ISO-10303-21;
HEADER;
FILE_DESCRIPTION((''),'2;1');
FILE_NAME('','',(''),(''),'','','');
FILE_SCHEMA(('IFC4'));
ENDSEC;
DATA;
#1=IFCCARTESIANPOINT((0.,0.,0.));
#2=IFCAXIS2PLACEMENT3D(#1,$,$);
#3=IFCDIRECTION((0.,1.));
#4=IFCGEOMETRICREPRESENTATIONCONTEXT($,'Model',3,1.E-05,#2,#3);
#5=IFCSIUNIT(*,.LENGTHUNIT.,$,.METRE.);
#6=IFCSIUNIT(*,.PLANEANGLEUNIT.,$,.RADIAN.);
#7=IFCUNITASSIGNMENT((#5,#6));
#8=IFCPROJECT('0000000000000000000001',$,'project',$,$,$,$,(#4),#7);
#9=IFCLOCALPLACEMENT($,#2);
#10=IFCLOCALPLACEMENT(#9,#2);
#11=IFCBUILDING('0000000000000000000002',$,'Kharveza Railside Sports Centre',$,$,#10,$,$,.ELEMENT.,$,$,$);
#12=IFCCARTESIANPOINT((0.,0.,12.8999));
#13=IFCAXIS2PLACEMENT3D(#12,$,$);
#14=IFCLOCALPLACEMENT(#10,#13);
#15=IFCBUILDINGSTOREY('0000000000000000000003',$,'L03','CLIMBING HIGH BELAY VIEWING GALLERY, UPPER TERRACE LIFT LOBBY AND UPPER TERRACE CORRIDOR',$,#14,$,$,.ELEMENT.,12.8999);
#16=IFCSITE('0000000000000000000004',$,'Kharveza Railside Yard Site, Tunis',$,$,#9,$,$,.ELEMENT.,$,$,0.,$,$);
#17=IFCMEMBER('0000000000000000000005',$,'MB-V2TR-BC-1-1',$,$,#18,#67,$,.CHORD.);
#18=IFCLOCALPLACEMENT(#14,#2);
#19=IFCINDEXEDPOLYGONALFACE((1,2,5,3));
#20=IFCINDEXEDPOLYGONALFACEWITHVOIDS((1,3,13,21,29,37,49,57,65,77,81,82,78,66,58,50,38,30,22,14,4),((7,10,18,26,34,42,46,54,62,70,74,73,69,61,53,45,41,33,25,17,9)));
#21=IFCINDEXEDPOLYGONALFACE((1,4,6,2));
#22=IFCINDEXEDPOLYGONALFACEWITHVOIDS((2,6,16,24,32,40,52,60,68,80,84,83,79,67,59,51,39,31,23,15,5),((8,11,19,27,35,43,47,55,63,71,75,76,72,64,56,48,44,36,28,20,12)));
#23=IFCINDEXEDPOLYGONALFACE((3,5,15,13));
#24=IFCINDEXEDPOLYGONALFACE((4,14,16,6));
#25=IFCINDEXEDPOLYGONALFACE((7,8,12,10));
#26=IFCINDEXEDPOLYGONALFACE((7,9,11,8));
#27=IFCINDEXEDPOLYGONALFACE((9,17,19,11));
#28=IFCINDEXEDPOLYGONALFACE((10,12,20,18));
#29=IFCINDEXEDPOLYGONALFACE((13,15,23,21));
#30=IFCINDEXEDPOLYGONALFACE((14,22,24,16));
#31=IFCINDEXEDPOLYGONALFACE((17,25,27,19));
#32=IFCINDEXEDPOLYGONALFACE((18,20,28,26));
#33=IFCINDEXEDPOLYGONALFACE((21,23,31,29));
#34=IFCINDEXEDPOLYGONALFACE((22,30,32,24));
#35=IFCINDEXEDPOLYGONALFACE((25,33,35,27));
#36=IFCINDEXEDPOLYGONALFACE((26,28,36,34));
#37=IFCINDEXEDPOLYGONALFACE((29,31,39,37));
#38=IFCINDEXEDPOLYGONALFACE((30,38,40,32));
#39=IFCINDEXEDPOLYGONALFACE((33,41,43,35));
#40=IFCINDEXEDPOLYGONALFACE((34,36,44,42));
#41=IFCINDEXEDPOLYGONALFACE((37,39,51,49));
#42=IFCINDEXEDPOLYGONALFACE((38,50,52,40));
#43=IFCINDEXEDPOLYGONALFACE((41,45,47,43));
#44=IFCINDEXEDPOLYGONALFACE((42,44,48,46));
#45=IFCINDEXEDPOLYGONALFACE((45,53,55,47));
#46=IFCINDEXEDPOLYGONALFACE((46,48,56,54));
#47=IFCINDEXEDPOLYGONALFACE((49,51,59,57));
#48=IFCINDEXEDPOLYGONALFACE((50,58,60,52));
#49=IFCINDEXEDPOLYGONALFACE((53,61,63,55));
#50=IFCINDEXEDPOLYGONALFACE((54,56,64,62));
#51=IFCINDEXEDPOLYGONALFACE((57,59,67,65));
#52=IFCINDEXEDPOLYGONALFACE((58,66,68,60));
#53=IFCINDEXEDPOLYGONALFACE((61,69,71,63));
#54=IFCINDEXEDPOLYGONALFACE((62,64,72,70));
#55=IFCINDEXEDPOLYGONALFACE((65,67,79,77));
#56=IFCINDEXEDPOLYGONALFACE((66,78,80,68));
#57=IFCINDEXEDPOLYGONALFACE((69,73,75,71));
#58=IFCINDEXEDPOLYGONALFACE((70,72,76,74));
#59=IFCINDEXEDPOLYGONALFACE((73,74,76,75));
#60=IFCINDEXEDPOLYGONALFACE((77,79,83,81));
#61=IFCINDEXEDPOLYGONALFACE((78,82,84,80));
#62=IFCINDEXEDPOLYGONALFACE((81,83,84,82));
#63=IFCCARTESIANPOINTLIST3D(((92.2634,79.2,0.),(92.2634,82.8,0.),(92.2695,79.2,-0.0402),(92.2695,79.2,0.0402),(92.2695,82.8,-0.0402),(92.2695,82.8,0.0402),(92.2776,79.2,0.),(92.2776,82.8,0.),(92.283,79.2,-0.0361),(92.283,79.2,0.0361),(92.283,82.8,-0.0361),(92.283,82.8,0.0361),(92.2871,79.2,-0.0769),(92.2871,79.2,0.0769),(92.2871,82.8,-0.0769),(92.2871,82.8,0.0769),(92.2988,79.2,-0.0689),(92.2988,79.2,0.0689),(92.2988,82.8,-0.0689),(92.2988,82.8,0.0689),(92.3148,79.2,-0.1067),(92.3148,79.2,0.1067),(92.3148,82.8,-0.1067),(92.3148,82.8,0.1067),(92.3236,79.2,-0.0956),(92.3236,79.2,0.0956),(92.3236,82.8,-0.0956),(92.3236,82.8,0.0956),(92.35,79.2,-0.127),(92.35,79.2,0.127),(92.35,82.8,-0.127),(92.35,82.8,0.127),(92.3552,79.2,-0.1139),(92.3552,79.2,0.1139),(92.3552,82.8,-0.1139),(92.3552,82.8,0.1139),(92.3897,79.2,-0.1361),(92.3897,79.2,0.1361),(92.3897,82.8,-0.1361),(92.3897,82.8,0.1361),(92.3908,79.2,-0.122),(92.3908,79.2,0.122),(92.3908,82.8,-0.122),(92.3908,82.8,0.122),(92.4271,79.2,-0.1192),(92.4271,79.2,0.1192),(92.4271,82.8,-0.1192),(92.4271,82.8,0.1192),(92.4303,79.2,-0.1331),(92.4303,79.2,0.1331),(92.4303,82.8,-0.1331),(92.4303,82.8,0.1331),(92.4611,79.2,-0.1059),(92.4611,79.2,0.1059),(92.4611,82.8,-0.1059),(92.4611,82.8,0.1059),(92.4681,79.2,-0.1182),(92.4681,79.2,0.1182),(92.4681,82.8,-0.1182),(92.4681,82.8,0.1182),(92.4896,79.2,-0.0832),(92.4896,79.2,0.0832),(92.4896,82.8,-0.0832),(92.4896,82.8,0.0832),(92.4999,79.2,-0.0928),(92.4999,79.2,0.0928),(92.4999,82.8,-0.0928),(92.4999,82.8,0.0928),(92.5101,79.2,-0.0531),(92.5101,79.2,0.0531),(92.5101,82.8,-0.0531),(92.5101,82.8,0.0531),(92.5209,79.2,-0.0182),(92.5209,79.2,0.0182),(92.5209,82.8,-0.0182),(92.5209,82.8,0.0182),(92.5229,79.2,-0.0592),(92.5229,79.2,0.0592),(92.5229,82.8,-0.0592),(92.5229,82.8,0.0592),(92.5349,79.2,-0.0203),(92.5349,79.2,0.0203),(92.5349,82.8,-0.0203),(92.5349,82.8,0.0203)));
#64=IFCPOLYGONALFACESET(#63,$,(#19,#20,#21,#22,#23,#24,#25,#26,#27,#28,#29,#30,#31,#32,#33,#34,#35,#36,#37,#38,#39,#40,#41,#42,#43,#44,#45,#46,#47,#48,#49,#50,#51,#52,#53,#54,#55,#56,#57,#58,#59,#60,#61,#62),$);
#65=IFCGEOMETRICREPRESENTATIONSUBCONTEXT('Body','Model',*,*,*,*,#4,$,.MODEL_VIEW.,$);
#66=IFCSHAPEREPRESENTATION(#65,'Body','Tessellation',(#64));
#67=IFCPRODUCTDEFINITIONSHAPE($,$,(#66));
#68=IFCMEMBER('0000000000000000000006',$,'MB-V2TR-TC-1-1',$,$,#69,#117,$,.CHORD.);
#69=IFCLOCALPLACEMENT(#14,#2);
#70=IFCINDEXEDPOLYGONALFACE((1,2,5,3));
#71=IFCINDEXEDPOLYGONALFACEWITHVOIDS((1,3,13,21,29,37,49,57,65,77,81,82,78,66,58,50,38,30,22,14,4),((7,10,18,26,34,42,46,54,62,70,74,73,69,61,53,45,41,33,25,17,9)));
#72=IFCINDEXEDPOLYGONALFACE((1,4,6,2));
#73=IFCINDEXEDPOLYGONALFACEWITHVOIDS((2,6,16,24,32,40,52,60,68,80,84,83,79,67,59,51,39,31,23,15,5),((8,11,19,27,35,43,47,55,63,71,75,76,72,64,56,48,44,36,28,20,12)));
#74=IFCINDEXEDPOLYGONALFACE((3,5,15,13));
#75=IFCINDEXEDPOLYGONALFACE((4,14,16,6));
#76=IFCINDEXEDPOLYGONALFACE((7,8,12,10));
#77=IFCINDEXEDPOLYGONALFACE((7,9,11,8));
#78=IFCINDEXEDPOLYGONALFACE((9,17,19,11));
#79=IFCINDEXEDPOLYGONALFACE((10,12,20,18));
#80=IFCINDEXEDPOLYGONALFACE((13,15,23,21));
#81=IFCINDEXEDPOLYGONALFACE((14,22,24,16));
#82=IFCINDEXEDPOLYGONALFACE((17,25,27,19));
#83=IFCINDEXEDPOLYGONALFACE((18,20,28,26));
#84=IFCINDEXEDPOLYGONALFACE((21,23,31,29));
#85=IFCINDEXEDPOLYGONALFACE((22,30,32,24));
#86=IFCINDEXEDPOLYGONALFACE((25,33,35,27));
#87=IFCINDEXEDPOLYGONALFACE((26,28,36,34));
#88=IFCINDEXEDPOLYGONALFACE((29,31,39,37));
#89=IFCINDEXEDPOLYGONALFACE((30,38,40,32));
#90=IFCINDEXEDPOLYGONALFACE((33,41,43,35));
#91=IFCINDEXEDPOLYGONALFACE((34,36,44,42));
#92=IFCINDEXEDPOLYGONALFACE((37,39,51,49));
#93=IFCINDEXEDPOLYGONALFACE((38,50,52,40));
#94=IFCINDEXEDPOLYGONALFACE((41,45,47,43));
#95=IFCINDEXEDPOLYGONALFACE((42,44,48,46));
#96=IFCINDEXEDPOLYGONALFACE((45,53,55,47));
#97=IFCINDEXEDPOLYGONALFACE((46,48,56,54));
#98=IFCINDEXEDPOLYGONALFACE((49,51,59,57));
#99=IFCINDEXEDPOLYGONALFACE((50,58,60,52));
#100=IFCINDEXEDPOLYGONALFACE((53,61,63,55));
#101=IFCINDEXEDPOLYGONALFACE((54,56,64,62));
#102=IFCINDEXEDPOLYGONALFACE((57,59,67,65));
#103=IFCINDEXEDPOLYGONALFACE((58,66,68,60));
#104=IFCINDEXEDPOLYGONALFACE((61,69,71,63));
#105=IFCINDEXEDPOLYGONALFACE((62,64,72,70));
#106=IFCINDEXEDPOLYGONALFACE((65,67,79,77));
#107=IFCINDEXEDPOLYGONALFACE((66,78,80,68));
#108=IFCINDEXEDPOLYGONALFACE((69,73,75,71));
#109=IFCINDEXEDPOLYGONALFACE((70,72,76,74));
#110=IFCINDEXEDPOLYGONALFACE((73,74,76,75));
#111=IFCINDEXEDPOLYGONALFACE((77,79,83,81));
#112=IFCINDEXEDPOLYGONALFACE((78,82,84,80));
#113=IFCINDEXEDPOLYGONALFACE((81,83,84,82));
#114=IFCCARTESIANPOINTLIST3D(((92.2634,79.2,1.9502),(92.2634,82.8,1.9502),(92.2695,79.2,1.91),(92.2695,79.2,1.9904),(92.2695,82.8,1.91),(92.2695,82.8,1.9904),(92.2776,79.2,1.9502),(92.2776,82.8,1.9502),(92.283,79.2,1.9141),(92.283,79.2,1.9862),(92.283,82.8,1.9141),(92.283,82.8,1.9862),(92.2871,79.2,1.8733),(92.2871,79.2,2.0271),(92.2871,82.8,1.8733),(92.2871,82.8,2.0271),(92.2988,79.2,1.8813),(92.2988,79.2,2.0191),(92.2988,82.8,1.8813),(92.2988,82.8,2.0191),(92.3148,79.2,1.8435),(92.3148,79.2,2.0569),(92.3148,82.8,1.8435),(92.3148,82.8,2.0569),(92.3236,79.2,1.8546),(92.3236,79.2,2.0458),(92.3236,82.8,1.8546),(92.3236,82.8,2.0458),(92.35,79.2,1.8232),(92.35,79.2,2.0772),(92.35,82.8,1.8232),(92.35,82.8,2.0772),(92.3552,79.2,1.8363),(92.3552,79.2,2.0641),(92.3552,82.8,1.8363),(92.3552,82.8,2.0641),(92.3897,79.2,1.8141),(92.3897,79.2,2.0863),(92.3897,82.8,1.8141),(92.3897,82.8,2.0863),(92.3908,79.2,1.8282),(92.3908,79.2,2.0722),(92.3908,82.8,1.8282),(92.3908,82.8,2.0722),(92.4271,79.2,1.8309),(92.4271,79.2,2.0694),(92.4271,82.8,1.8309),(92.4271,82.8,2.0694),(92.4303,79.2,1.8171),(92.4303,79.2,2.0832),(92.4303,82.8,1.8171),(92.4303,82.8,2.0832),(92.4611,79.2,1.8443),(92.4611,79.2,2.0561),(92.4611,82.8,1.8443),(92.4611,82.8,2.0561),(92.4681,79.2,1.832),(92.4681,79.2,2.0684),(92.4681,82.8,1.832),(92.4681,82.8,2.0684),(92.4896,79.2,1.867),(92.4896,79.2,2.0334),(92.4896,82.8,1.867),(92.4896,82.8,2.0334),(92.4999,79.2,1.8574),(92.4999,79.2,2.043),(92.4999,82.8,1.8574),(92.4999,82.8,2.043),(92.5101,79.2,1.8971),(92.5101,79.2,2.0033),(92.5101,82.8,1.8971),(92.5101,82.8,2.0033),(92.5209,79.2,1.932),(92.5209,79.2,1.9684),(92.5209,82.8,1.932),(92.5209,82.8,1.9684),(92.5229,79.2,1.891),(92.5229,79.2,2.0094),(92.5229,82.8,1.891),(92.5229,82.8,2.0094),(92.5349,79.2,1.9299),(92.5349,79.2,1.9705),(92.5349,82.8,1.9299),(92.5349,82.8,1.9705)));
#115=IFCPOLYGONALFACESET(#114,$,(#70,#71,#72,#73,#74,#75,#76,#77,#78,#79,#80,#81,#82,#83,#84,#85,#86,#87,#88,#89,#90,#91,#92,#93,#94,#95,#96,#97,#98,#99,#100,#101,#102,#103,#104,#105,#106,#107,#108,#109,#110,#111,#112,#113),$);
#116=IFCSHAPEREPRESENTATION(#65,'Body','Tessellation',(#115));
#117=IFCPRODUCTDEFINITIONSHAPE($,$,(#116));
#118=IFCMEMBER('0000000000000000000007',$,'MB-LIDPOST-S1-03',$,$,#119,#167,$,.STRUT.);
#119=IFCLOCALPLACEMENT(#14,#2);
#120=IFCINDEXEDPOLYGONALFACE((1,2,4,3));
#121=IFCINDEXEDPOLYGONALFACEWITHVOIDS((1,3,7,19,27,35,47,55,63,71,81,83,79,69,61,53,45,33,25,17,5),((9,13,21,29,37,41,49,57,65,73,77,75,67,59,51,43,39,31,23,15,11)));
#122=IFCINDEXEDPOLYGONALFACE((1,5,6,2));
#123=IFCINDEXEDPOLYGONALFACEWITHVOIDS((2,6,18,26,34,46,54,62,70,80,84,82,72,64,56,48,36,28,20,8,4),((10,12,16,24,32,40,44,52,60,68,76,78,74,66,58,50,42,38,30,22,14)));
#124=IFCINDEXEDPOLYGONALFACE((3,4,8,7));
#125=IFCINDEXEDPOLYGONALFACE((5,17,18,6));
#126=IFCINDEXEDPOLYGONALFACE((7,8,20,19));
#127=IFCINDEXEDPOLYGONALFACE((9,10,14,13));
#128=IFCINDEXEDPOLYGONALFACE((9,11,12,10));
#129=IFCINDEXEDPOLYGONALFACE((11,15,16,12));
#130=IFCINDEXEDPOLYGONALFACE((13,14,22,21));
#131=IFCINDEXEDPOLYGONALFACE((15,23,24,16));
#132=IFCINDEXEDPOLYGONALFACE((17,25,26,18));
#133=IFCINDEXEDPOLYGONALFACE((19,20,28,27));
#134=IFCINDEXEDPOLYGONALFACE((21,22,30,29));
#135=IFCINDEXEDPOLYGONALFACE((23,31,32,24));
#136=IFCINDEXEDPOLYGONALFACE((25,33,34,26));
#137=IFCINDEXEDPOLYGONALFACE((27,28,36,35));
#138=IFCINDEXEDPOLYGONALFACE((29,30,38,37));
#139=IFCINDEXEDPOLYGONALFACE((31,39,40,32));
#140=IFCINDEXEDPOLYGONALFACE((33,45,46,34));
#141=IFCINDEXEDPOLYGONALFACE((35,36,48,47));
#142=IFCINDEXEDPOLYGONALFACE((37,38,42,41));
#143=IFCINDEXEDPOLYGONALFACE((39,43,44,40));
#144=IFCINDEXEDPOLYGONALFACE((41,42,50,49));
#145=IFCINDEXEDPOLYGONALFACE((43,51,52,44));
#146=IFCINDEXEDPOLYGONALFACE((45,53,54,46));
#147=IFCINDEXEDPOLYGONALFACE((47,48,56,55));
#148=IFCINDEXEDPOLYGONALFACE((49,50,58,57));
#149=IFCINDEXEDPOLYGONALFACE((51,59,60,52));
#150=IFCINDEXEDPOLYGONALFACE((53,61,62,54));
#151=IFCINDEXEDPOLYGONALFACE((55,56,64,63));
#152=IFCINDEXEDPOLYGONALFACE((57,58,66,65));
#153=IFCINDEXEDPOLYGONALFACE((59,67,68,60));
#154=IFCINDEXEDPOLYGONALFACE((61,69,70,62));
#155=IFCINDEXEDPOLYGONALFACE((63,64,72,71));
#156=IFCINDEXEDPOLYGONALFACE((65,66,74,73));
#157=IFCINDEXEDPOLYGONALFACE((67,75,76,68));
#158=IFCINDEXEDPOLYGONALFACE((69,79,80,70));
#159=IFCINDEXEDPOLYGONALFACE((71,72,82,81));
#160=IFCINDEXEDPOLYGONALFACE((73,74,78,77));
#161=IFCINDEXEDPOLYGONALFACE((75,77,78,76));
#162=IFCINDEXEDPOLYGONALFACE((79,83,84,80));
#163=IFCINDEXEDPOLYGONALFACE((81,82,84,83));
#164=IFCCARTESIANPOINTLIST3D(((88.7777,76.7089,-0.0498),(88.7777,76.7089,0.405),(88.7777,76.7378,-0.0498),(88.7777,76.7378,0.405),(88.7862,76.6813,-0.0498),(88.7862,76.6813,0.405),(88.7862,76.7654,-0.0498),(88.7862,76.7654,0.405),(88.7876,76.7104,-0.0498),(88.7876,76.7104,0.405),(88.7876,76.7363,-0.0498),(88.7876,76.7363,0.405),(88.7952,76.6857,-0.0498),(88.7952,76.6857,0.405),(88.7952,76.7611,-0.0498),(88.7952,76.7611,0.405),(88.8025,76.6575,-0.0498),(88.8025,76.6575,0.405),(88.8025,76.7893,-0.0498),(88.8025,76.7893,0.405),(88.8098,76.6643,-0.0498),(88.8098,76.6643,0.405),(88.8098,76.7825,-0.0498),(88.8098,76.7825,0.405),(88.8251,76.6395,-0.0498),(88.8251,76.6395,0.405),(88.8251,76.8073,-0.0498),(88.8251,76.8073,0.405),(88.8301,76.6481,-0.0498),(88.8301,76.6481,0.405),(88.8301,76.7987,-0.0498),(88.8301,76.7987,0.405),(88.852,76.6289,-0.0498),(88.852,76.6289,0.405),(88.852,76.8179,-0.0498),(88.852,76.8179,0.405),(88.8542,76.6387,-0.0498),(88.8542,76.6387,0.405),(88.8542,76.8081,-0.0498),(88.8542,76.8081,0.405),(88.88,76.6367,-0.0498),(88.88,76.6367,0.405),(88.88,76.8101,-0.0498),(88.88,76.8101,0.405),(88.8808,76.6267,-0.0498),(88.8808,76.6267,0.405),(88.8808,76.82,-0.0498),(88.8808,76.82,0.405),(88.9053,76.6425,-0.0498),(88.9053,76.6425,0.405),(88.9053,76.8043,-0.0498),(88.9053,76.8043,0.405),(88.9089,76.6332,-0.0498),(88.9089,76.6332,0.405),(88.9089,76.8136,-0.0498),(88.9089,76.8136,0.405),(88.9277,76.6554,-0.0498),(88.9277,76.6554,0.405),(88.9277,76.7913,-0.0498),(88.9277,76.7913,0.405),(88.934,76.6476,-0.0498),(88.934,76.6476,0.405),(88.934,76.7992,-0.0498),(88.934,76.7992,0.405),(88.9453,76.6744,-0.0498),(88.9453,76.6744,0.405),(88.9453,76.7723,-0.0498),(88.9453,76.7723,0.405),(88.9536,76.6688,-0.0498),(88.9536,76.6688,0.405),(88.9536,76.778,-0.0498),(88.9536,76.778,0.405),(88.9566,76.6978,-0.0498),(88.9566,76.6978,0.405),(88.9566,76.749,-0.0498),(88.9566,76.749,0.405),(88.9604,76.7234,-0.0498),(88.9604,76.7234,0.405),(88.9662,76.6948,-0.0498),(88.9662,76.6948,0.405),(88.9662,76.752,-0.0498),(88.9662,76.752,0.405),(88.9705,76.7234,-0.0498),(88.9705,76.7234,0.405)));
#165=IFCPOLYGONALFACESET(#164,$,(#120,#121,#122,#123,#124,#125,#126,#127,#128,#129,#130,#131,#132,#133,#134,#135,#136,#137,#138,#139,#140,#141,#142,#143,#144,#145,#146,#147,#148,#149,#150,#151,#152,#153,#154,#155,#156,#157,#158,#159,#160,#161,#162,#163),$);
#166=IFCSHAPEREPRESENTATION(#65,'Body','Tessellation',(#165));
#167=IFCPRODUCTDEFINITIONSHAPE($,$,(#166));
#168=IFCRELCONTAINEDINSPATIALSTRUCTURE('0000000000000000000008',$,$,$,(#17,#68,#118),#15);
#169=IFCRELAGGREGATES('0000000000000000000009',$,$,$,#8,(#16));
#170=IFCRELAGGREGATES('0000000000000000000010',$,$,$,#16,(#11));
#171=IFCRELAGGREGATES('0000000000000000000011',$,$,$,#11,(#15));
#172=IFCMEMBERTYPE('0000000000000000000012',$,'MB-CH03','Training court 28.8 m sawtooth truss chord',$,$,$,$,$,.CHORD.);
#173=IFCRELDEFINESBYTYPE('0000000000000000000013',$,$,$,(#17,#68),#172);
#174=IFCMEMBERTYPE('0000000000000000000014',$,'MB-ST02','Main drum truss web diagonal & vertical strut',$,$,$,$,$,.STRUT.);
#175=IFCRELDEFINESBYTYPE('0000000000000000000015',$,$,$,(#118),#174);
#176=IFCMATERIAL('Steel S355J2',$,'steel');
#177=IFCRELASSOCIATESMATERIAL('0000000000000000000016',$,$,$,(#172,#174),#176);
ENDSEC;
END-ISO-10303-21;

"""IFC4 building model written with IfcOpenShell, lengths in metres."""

from ifc_helpers import new_model, si_unit, direction, frame, origin, origin_2d, place, context, subcontext, project, spatial, hollow_circle, extrude, material, material_profile, profile_set, type_object, element, save


model = new_model("IFC4")

# Units and contexts
model_context = context("Model", 3, precision=1e-05, world=origin(), true_north=direction((0.0, 1.0)))
body_context = subcontext(model_context, "Body", "Model", "MODEL_VIEW")
ifc_project = project(units=[si_unit("LENGTHUNIT", "METRE"), si_unit("PLANEANGLEUNIT", "RADIAN")], contexts=[model_context])

# Site, building, storey
site_placement = place(None, origin())
site = spatial("IfcSite", under=ifc_project, at=site_placement, Name="Kharveza Railside Yard Site, Tunis", CompositionType="ELEMENT", RefElevation=0.0)
building_placement = place(site_placement, origin())
building = spatial("IfcBuilding", under=site, at=building_placement, Name="Kharveza Railside Sports Centre", CompositionType="ELEMENT")
storey_placement = place(building_placement, frame((0.0, 0.0, 12.8999)))
storey = spatial("IfcBuildingStorey", under=building, at=storey_placement, Name="L03", Description="CLIMBING HIGH BELAY VIEWING GALLERY, UPPER TERRACE LIFT LOBBY AND UPPER TERRACE CORRIDOR", CompositionType="ELEMENT", Elevation=12.8999)

# Shared definitions
ifc_material_1 = material(Name="Steel S355J2", Category="steel")

# Members
ifc_material_profile_1 = material_profile(ifc_material_1, hollow_circle(Radius=0.1365, WallThickness=0.0142, at=origin_2d()), Name="CHS 273.0x14.2")
ifc_profile_set_1 = profile_set([ifc_material_profile_1], Name="Steel S355J2")
member_type_1 = type_object("IfcMemberType", Name="MB-CH03", Description="Training court 28.8 m sawtooth truss chord", PredefinedType="CHORD", material=ifc_profile_set_1)
for number, where, z_axis, x_axis, name in (
    (1, (92.3999, 79.2, 0.0), (0.0, 1.0, 0.0), (-1.0, 0.0, 0.0), "MB-V2TR-BC-1-1"),
    (2, (92.3999, 79.2, 1.9502), (0.0, 1.0, 0.0), (-1.0, 0.0, 0.0), "MB-V2TR-TC-1-1"),
):
    element("IfcMember", number, at=place(storey_placement, frame(where, z_axis=z_axis, x_axis=x_axis)), inside=storey, type_object=member_type_1, Name=name, PredefinedType="CHORD", context=body_context, shape_type="SweptSolid", body=[
        extrude(hollow_circle(Radius=0.1365, WallThickness=0.0142, at=origin_2d()), origin(), (0.0, 0.0, 1.0), 3.6001),
    ])
ifc_material_profile_2 = material_profile(ifc_material_1, hollow_circle(Radius=0.0969, WallThickness=0.01, at=origin_2d()), Name="CHS 193.7x10.0")
ifc_profile_set_2 = profile_set([ifc_material_profile_2], Name="Steel S355J2")
member_type_2 = type_object("IfcMemberType", Name="MB-ST02", Description="Main drum truss web diagonal & vertical strut", PredefinedType="STRUT", material=ifc_profile_set_2)
member_1_placement = place(storey_placement, frame((88.8735, 76.7234, -0.0498), z_axis=(0.0, 0.0, 1.0), x_axis=(1.0, 0.0, 0.0)))
element("IfcMember", 3, at=member_1_placement, inside=storey, type_object=member_type_2, Name="MB-LIDPOST-S1-03", PredefinedType="STRUT", context=body_context, shape_type="SweptSolid", body=[
    extrude(hollow_circle(Radius=0.0969, WallThickness=0.01, at=origin_2d()), origin(), (0.0, 0.0, 1.0), 0.4548),
])

save(model, "model.ifc")
